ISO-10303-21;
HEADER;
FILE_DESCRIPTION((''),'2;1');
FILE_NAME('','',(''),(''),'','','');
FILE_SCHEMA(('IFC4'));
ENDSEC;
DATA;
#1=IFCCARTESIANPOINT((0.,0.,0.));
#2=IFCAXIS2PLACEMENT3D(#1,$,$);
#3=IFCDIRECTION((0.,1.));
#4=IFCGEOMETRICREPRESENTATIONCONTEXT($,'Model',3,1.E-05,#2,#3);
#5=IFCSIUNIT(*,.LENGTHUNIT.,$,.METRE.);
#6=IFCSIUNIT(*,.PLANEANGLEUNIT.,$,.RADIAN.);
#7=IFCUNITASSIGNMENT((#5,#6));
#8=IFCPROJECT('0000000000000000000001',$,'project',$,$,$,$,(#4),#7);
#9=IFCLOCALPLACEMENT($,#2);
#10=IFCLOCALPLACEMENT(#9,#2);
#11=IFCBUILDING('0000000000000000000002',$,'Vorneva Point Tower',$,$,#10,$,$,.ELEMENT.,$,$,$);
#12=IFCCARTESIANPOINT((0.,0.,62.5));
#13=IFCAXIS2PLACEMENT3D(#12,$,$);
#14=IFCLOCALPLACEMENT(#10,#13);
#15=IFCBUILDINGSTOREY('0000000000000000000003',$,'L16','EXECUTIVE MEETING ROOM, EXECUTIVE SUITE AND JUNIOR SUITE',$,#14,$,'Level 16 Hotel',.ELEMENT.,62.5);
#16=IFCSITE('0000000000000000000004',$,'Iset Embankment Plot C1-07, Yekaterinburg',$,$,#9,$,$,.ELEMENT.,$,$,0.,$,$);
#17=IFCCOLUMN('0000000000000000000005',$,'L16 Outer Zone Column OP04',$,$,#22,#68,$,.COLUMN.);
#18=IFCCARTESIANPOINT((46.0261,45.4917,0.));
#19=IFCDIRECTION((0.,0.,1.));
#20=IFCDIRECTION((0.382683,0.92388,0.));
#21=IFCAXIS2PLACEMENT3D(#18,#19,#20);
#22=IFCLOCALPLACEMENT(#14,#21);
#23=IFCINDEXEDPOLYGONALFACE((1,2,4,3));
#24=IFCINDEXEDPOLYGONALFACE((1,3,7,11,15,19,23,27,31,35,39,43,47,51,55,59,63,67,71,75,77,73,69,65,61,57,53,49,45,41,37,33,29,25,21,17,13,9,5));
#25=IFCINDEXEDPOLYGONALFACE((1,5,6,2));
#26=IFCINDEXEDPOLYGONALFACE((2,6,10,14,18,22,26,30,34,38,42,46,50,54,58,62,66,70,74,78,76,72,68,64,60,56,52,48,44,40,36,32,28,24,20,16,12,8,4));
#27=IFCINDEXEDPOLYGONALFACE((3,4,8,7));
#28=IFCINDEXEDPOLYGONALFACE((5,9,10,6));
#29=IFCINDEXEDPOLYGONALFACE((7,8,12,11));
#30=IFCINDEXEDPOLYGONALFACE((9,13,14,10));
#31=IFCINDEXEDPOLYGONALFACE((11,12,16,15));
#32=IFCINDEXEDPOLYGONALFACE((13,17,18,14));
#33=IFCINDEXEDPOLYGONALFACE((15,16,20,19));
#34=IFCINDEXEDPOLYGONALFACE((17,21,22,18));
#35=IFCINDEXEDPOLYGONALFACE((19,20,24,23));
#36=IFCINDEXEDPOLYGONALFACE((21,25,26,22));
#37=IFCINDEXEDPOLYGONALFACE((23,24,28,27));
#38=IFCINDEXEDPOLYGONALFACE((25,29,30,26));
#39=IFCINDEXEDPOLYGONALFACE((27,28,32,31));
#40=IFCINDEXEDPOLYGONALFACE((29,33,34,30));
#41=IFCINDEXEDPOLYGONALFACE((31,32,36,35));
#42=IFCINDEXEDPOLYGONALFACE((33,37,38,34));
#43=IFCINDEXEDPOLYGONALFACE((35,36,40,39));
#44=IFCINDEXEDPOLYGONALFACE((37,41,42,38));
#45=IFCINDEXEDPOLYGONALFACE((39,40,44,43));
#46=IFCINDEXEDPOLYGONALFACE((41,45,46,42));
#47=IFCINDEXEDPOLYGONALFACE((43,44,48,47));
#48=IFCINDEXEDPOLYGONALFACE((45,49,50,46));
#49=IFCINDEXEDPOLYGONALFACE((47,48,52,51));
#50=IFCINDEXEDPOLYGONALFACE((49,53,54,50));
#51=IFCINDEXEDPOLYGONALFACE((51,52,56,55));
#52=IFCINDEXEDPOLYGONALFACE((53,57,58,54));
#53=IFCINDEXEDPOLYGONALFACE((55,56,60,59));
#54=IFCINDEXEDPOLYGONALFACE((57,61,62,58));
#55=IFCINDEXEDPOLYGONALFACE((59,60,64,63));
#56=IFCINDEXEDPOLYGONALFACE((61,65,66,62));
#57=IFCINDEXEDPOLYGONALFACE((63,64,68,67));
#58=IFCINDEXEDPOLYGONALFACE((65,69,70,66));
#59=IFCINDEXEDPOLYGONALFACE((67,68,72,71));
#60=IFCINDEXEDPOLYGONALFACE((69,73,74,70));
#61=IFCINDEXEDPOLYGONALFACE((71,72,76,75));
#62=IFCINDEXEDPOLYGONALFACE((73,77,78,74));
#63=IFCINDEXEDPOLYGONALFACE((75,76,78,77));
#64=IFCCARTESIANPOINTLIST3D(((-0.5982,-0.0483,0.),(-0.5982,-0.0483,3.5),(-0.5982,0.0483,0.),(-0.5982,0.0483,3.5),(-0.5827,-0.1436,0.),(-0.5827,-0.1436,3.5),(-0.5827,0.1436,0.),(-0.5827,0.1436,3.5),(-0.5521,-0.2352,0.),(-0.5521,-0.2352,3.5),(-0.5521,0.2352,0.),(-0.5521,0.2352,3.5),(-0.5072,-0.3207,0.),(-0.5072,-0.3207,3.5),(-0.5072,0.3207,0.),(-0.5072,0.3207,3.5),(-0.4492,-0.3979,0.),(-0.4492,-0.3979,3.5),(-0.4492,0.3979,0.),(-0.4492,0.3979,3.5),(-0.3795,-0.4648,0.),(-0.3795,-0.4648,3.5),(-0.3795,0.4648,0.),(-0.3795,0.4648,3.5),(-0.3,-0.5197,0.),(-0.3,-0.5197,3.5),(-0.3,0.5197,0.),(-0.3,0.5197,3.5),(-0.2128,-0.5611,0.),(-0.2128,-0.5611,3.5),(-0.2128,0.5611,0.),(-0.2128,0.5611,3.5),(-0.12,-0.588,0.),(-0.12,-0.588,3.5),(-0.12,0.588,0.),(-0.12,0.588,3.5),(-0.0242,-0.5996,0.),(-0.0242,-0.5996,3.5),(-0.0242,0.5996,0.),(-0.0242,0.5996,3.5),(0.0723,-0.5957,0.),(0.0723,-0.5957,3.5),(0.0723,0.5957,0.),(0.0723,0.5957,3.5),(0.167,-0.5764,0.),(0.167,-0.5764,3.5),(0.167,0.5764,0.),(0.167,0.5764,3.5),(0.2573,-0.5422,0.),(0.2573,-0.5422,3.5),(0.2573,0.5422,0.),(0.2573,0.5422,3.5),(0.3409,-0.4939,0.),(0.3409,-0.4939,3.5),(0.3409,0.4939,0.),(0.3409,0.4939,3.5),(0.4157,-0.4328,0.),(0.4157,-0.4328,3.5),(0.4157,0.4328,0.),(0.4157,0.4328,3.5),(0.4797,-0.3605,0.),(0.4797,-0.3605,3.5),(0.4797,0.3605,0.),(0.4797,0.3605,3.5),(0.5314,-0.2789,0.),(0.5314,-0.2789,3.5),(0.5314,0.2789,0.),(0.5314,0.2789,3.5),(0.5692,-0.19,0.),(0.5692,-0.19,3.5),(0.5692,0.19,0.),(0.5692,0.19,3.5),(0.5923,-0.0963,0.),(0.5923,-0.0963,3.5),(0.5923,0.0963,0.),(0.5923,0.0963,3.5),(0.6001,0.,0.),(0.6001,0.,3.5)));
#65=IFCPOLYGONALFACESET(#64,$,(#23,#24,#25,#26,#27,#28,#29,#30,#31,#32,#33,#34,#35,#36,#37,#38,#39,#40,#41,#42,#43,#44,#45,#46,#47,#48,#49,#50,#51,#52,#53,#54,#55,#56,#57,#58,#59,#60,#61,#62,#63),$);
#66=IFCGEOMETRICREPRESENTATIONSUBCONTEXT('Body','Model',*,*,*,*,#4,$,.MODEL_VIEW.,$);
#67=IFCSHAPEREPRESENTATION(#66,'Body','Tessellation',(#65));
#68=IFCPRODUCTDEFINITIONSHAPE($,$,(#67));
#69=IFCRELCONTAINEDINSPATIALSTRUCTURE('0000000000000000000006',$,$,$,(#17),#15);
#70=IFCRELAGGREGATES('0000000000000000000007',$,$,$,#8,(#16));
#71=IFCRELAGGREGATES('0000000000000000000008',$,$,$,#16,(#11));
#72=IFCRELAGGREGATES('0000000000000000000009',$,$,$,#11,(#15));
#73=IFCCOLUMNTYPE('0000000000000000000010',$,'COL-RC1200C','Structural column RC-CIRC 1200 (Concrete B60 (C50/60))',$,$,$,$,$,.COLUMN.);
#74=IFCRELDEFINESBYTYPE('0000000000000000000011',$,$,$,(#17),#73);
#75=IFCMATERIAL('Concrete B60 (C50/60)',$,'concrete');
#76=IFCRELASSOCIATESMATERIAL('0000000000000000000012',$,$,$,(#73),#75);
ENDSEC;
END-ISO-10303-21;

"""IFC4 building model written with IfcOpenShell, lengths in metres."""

from ifc_helpers import new_model, si_unit, direction, frame, origin, origin_2d, place, context, subcontext, project, spatial, circle, extrude, material, material_profile, profile_set, type_object, element, save


model = new_model("IFC4")

# Units and contexts
model_context = context("Model", 3, precision=1e-05, world=origin(), true_north=direction((0.0, 1.0)))
body_context = subcontext(model_context, "Body", "Model", "MODEL_VIEW")
ifc_project = project(units=[si_unit("LENGTHUNIT", "METRE"), si_unit("PLANEANGLEUNIT", "RADIAN")], contexts=[model_context])

# Site, building, storey
site_placement = place(None, origin())
site = spatial("IfcSite", under=ifc_project, at=site_placement, Name="Iset Embankment Plot C1-07, Yekaterinburg", CompositionType="ELEMENT", RefElevation=0.0)
building_placement = place(site_placement, origin())
building = spatial("IfcBuilding", under=site, at=building_placement, Name="Vorneva Point Tower", CompositionType="ELEMENT")
storey_placement = place(building_placement, frame((0.0, 0.0, 62.5)))
storey = spatial("IfcBuildingStorey", under=building, at=storey_placement, Name="L16", Description="EXECUTIVE MEETING ROOM, EXECUTIVE SUITE AND JUNIOR SUITE", LongName="Level 16 Hotel", CompositionType="ELEMENT", Elevation=62.5)

# Column
ifc_material_1 = material(Name="Concrete B60 (C50/60)", Category="concrete")
ifc_material_profile_1 = material_profile(ifc_material_1, circle(Radius=0.6001, at=origin_2d()), Name="RC-CIRC 1200")
ifc_profile_set_1 = profile_set([ifc_material_profile_1], Name="Concrete B60 (C50/60)")
column_type = type_object("IfcColumnType", Name="COL-RC1200C", Description="Structural column RC-CIRC 1200 (Concrete B60 (C50/60))", PredefinedType="COLUMN", material=ifc_profile_set_1)
for number, where, z_axis, x_axis, name in (
    (1, (46.0261, 45.4917, 0.0), (0.0, 0.0, 1.0), (0.382683, 0.92388, 0.0), "L16 Outer Zone Column OP04"),
):
    element("IfcColumn", number, at=place(storey_placement, frame(where, z_axis=z_axis, x_axis=x_axis)), inside=storey, type_object=column_type, Name=name, PredefinedType="COLUMN", context=body_context, shape_type="SweptSolid", body=[
        extrude(circle(Radius=0.6001, at=origin_2d()), origin(), (0.0, 0.0, 1.0), 3.5),
    ])

save(model, "model.ifc")
